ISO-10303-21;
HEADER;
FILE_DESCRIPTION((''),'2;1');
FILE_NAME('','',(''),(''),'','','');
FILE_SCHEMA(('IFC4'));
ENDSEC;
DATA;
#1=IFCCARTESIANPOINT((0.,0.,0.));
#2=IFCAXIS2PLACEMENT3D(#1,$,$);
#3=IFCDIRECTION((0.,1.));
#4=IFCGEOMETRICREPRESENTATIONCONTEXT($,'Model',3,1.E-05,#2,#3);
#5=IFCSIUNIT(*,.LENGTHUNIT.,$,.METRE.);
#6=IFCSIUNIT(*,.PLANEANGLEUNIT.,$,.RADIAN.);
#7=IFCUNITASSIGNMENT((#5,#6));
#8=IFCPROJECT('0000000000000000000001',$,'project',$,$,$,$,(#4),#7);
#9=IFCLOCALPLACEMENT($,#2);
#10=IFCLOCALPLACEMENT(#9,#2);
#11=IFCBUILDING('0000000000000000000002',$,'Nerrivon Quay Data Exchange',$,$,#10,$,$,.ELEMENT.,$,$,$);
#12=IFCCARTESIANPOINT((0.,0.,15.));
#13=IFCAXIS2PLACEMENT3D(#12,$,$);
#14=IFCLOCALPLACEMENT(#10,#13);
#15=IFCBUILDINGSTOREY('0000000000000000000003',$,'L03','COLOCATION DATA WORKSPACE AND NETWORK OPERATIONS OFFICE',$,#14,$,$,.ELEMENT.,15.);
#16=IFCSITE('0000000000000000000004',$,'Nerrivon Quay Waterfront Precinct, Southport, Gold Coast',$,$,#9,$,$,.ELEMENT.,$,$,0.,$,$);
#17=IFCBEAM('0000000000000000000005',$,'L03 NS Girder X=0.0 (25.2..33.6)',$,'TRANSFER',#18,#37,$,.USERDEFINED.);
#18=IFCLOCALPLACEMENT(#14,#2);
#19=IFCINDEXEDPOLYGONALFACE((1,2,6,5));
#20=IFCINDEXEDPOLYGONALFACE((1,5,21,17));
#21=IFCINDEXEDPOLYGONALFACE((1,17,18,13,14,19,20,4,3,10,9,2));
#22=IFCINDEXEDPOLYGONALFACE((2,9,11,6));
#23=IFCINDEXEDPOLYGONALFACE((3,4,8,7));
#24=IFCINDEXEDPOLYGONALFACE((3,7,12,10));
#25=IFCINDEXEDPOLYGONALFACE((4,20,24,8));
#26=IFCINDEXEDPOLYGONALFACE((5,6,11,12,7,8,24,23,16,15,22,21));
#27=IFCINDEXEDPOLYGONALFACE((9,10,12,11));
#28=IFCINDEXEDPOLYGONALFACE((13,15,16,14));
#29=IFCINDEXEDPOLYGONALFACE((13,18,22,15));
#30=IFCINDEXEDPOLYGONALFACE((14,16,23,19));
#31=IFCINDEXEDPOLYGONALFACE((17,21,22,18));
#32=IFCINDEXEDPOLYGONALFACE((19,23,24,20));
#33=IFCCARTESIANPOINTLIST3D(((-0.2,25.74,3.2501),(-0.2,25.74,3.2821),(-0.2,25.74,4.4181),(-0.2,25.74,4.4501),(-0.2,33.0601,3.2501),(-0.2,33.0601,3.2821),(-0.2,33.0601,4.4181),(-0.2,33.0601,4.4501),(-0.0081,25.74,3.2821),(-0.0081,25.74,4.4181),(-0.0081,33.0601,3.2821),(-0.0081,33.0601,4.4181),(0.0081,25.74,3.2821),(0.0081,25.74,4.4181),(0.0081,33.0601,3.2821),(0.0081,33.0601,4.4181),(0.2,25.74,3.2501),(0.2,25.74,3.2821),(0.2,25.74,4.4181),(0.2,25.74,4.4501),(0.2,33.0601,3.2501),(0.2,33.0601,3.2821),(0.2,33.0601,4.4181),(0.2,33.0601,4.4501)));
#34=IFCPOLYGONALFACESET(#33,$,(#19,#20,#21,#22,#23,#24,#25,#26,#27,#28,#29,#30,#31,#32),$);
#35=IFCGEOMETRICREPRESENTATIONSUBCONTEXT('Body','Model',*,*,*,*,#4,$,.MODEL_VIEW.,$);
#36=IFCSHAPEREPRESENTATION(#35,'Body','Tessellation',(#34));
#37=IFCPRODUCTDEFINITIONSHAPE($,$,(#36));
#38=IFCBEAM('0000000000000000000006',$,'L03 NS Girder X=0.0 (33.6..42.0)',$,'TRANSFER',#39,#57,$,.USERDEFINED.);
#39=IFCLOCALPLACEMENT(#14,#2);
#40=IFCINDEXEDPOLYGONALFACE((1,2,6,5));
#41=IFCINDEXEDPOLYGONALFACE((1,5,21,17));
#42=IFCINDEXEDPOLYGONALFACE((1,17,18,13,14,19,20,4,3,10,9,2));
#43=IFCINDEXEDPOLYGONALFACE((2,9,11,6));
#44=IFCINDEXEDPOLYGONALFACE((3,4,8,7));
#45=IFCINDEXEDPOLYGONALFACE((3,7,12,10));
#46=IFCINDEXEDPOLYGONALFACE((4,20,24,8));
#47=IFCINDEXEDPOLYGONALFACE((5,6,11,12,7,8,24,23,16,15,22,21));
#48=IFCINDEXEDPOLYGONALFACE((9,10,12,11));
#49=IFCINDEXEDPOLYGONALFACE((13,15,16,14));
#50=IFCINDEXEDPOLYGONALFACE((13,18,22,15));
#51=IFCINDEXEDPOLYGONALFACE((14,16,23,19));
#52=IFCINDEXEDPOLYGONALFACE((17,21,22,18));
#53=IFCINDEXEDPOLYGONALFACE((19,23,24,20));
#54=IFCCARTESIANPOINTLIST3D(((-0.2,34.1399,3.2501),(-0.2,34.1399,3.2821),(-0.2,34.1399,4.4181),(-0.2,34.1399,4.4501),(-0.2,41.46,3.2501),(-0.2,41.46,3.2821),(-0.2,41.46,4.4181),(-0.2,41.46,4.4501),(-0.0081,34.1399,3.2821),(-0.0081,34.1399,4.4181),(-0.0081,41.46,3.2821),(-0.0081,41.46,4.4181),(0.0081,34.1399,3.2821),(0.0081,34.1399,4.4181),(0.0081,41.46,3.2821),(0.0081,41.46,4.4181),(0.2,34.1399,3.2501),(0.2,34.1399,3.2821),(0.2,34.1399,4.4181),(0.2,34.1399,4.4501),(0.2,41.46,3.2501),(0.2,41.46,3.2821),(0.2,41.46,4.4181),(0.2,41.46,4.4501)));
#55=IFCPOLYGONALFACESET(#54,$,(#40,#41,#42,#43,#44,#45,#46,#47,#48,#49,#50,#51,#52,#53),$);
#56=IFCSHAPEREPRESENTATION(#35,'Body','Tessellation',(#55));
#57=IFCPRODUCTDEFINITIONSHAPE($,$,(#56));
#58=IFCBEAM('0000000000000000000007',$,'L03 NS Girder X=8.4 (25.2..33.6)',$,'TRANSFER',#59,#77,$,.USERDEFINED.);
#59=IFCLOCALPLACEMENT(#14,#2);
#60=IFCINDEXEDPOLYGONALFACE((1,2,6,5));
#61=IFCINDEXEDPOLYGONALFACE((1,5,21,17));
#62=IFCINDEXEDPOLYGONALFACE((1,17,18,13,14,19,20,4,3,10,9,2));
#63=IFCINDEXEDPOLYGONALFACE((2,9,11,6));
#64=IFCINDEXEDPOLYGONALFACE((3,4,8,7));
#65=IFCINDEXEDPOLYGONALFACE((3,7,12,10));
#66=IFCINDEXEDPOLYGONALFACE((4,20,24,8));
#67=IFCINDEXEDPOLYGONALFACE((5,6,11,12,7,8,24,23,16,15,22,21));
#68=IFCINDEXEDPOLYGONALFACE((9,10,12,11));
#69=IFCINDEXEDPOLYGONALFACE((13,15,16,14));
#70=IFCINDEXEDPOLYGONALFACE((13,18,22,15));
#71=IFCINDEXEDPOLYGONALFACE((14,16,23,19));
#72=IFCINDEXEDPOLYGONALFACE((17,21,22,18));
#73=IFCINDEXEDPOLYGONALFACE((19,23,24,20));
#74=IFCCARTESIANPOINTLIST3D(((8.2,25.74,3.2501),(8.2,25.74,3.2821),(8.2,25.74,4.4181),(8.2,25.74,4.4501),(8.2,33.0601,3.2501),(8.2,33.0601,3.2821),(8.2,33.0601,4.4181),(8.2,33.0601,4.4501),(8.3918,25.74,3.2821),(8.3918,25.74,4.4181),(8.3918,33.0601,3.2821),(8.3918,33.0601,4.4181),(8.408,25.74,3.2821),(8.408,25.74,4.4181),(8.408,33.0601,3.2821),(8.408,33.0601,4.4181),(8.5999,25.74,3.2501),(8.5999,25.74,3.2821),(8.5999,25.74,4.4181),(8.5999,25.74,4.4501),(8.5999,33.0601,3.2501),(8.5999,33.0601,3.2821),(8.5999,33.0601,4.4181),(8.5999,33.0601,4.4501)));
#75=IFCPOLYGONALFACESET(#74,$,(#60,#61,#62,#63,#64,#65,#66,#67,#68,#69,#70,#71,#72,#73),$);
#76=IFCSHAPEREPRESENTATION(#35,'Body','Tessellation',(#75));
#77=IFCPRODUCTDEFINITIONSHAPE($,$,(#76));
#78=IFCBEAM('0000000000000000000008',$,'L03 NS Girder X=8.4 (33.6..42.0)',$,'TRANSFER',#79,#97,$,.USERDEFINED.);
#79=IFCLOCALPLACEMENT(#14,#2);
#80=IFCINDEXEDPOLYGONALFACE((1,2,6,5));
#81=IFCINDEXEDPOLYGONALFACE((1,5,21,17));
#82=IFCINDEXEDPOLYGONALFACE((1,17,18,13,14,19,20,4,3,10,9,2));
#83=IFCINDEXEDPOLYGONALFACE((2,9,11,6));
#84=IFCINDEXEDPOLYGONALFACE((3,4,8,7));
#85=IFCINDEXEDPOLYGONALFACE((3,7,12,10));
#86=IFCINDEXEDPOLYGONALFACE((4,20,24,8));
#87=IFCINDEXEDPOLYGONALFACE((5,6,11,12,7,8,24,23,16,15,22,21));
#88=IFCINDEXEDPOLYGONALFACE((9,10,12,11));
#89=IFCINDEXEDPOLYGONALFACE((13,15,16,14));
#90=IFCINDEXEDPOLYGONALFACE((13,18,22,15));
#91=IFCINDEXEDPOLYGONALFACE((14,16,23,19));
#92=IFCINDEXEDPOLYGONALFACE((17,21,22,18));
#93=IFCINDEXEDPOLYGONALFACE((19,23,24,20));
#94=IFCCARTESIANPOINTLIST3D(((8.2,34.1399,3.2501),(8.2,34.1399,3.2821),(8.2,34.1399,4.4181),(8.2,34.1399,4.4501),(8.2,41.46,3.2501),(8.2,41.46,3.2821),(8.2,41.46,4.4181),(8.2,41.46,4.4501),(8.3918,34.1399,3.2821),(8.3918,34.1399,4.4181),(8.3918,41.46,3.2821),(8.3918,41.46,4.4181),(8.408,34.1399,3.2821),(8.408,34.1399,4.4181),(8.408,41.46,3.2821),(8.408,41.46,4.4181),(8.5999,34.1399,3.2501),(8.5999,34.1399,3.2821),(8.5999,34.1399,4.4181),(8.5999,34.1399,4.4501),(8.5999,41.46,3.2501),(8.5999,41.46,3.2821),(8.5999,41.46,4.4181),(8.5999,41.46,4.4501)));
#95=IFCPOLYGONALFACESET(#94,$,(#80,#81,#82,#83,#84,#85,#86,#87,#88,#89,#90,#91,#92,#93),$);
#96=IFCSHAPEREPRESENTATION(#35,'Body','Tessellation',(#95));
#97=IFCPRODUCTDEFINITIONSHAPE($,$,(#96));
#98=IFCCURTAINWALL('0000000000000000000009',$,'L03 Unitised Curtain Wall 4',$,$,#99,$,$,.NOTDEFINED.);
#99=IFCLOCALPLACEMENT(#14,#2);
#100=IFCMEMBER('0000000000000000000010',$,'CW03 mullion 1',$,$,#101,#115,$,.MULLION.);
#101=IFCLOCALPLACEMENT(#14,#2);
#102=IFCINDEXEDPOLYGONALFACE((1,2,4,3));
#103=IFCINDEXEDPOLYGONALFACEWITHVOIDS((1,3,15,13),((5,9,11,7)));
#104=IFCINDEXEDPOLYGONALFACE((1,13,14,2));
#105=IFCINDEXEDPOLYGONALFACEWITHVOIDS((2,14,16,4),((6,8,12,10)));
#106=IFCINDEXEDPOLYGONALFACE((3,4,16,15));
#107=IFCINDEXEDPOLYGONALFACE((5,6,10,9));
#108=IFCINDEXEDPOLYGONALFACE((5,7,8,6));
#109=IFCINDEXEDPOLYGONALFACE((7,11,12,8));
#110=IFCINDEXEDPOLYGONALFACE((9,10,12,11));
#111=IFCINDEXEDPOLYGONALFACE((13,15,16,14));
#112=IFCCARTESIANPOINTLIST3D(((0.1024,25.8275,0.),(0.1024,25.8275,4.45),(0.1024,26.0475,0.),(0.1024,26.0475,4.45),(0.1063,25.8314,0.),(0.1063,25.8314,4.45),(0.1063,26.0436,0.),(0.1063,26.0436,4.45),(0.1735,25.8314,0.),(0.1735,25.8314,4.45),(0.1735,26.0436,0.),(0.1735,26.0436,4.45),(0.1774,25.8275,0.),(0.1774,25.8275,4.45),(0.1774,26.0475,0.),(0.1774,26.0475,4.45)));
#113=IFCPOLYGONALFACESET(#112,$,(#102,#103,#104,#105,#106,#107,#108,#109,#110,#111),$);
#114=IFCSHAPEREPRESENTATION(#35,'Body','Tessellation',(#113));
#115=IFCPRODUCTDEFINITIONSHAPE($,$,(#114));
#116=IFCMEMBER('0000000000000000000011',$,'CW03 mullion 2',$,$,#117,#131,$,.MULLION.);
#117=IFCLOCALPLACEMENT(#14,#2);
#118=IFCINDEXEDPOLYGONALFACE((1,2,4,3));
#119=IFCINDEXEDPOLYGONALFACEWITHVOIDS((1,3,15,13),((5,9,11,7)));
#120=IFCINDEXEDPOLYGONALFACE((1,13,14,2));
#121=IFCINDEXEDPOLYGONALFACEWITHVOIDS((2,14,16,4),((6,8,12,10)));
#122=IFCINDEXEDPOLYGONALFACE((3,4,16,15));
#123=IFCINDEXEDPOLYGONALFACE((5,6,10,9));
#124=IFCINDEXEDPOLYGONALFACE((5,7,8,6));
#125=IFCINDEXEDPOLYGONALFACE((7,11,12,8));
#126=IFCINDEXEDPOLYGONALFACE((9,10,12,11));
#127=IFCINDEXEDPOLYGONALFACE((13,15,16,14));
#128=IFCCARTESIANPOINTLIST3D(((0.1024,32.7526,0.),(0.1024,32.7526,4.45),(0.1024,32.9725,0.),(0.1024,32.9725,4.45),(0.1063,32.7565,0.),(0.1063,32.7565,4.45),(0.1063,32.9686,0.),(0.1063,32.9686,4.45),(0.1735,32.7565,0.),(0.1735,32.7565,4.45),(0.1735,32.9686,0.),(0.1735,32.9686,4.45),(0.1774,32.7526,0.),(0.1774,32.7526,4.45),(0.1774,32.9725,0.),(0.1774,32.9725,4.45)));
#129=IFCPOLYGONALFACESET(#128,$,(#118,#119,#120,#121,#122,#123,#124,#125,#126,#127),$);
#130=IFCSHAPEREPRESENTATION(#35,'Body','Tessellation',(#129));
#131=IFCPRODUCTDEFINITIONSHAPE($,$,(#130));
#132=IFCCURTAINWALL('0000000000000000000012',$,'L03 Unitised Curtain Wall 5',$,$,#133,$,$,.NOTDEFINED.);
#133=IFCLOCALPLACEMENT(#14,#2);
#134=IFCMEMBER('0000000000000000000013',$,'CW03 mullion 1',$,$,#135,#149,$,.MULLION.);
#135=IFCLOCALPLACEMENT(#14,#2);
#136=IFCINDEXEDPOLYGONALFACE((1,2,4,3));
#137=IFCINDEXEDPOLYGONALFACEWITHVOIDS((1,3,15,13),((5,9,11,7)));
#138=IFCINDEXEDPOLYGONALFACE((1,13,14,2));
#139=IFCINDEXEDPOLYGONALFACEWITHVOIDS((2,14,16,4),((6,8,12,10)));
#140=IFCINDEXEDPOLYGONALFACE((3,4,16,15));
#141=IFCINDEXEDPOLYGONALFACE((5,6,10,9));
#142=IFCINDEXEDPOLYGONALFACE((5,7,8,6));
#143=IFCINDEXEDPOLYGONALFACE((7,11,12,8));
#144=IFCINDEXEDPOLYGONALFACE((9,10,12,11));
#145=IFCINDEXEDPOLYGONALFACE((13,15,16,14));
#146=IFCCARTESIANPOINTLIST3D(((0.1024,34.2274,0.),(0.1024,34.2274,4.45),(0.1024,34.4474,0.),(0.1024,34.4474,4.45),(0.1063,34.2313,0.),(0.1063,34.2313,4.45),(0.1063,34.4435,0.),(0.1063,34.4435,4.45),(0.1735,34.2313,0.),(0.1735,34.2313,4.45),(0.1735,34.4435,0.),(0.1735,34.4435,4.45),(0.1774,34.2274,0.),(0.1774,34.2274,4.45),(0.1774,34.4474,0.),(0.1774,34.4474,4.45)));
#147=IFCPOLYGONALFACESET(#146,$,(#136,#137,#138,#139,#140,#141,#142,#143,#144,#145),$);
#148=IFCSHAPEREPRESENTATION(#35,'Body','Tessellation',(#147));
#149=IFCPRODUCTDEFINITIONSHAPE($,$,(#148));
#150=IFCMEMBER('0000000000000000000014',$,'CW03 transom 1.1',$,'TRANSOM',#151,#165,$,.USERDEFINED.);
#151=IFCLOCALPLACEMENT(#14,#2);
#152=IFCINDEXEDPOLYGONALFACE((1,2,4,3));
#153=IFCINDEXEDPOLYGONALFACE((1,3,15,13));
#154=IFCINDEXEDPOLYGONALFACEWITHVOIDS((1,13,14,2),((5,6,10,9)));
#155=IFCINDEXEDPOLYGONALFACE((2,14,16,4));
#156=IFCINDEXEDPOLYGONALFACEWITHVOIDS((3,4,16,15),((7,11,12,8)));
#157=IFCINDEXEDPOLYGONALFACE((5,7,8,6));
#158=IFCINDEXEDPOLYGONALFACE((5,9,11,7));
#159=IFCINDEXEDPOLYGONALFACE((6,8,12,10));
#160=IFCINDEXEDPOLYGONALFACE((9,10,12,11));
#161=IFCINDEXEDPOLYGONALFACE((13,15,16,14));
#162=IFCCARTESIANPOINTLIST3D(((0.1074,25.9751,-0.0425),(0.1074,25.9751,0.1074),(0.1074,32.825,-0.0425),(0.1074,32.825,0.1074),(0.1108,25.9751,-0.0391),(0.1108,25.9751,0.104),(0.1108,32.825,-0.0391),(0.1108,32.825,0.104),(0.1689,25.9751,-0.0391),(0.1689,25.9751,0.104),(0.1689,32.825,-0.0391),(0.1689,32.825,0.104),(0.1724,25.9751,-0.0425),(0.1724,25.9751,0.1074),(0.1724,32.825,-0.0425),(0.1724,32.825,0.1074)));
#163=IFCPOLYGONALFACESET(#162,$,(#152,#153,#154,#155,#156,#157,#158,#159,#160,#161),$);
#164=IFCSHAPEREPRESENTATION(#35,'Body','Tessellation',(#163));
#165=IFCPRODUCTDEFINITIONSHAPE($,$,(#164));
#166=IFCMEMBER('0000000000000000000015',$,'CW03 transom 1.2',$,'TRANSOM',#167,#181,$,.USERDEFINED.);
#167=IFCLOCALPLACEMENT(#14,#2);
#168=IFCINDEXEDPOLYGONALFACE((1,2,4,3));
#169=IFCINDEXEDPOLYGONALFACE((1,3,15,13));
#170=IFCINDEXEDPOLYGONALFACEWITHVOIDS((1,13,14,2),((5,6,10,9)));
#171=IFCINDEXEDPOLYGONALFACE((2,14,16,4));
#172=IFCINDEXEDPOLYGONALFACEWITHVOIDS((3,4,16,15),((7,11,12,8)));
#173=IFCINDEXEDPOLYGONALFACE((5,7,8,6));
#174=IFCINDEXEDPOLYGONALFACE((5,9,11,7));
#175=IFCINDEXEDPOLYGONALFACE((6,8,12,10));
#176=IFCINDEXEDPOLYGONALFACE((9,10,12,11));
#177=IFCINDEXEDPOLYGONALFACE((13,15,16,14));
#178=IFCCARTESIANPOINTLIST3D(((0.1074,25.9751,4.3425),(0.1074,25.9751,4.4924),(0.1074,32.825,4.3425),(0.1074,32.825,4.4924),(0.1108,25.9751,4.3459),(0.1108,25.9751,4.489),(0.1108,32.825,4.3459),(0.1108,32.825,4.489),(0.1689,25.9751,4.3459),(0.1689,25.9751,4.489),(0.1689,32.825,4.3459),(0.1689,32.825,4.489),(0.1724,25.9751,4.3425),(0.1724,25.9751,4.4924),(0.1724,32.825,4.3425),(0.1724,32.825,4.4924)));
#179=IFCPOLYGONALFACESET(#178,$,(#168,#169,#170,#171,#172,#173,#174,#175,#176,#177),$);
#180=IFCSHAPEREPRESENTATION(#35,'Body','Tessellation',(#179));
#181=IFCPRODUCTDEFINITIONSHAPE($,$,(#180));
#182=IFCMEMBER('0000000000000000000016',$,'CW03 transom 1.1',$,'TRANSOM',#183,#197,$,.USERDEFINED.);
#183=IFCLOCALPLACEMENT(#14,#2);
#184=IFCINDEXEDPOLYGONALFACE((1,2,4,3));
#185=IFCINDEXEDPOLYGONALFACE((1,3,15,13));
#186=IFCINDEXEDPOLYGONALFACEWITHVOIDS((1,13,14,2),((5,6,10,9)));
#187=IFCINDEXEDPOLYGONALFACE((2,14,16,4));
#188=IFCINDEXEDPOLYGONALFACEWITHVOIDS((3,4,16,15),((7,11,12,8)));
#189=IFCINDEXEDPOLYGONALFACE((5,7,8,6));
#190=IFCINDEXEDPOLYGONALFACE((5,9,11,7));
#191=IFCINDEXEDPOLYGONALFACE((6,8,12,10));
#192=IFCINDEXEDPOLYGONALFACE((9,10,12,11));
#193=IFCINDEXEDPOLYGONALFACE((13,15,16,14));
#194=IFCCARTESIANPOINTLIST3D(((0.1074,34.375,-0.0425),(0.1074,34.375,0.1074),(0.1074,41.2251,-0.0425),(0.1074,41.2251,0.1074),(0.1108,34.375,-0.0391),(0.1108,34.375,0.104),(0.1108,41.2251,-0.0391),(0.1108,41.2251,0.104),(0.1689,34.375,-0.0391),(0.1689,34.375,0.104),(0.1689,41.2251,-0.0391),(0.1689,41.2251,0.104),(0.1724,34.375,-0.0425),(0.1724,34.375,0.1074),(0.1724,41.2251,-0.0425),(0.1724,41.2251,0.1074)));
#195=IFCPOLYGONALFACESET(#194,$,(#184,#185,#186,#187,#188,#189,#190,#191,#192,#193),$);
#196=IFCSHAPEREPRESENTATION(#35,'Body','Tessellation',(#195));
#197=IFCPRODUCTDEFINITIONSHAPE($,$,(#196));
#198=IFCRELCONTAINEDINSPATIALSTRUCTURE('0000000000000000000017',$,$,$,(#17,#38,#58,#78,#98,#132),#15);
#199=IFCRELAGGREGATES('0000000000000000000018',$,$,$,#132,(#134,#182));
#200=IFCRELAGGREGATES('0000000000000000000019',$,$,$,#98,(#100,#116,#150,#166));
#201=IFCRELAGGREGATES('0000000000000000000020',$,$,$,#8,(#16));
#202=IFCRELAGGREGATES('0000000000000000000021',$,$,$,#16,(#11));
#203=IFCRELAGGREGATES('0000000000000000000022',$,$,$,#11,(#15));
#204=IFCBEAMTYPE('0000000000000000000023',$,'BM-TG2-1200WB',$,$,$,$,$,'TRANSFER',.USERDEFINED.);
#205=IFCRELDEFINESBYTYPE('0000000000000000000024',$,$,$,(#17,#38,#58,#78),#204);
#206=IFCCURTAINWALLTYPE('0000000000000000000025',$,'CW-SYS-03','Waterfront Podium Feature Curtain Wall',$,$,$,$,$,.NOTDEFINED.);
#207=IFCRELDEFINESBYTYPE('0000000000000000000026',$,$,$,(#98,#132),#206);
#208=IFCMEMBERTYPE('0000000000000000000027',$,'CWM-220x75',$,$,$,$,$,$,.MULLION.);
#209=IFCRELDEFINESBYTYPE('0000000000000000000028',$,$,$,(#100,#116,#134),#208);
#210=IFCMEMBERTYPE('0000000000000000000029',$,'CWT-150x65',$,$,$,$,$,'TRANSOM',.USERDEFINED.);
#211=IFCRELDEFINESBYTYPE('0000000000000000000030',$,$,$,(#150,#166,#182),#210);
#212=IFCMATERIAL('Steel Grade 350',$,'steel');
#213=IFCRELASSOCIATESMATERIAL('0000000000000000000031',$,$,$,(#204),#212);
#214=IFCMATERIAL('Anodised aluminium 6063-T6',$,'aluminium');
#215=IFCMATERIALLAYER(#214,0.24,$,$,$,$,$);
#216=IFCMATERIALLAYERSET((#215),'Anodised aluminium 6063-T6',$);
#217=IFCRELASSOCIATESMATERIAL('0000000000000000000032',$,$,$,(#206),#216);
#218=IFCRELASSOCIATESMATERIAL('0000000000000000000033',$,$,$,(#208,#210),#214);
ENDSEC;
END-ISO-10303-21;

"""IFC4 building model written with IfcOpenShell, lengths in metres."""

from ifc_helpers import new_model, si_unit, direction, frame, origin, origin_2d, place, context, subcontext, project, spatial, hollow_rectangle, i_section, extrude, material, layer, layer_set, material_profile, profile_set, type_object, element, aggregate, save


model = new_model("IFC4")

# Units and contexts
model_context = context("Model", 3, precision=1e-05, world=origin(), true_north=direction((0.0, 1.0)))
body_context = subcontext(model_context, "Body", "Model", "MODEL_VIEW")
ifc_project = project(units=[si_unit("LENGTHUNIT", "METRE"), si_unit("PLANEANGLEUNIT", "RADIAN")], contexts=[model_context])

# Site, building, storey
site_placement = place(None, origin())
site = spatial("IfcSite", under=ifc_project, at=site_placement, Name="Nerrivon Quay Waterfront Precinct, Southport, Gold Coast", CompositionType="ELEMENT", RefElevation=0.0)
building_placement = place(site_placement, origin())
building = spatial("IfcBuilding", under=site, at=building_placement, Name="Nerrivon Quay Data Exchange", CompositionType="ELEMENT")
storey_placement = place(building_placement, frame((0.0, 0.0, 15.0)))
storey = spatial("IfcBuildingStorey", under=building, at=storey_placement, Name="L03", Description="COLOCATION DATA WORKSPACE AND NETWORK OPERATIONS OFFICE", CompositionType="ELEMENT", Elevation=15.0)

# Beams
ifc_material_1 = material(Name="Steel Grade 350", Category="steel")
ifc_material_profile_1 = material_profile(ifc_material_1, i_section(OverallWidth=0.3999, OverallDepth=1.2, WebThickness=0.0161, FlangeThickness=0.032, at=origin_2d()), Name="1200WB342")
ifc_profile_set_1 = profile_set([ifc_material_profile_1], Name="Steel Grade 350")
beam_type_1 = type_object("IfcBeamType", Name="BM-TG2-1200WB", ElementType="TRANSFER", PredefinedType="USERDEFINED", material=ifc_profile_set_1)
for number, where, z_axis, x_axis, name in (
    (1, (0.0, 25.74, 3.8501), (0.0, 1.0, 0.0), (-1.0, 0.0, 0.0), "L03 NS Girder X=0.0 (25.2..33.6)"),
    (2, (0.0, 34.1399, 3.8501), (0.0, 1.0, 0.0), (-1.0, 0.0, 0.0), "L03 NS Girder X=0.0 (33.6..42.0)"),
    (3, (8.3999, 25.74, 3.8501), (0.0, 1.0, 0.0), (-1.0, 0.0, 0.0), "L03 NS Girder X=8.4 (25.2..33.6)"),
    (4, (8.3999, 34.1399, 3.8501), (0.0, 1.0, 0.0), (-1.0, 0.0, 0.0), "L03 NS Girder X=8.4 (33.6..42.0)"),
):
    element("IfcBeam", number, at=place(storey_placement, frame(where, z_axis=z_axis, x_axis=x_axis)), inside=storey, type_object=beam_type_1, Name=name, ObjectType="TRANSFER", PredefinedType="USERDEFINED", context=body_context, shape_type="SweptSolid", body=[
        extrude(i_section(OverallWidth=0.3999, OverallDepth=1.2, WebThickness=0.0161, FlangeThickness=0.032, at=origin_2d()), origin(), (0.0, 0.0, 1.0), 7.3201),
    ])

# Curtain wall, members
ifc_material_2 = material(Name="Anodised aluminium 6063-T6", Category="aluminium")
ifc_layer_1 = layer(ifc_material_2, 0.24)
ifc_layer_set_1 = layer_set([ifc_layer_1], Name="Anodised aluminium 6063-T6")
curtain_wall_type = type_object("IfcCurtainWallType", Name="CW-SYS-03", Description="Waterfront Podium Feature Curtain Wall", PredefinedType="NOTDEFINED", material=ifc_layer_set_1)
curtain_wall_1_placement = place(storey_placement, origin())
curtain_wall_1 = element("IfcCurtainWall", 5, at=curtain_wall_1_placement, inside=storey, type_object=curtain_wall_type, Name="L03 Unitised Curtain Wall 4", PredefinedType="NOTDEFINED")
ifc_material_profile_2 = material_profile(ifc_material_2, hollow_rectangle(XDim=0.075, YDim=0.22, WallThickness=0.0039, at=origin_2d()), Name="ALU-MULL-220x75")
ifc_profile_set_2 = profile_set([ifc_material_profile_2], Name="Anodised aluminium 6063-T6")
member_type_1 = type_object("IfcMemberType", Name="CWM-220x75", PredefinedType="MULLION", material=ifc_profile_set_2)
member_1_placement = place(storey_placement, frame((0.1399, 25.9375, 0.0), z_axis=(0.0, 0.0, 1.0), x_axis=(-1.0, 0.0, 0.0)))
member_1 = element("IfcMember", 6, at=member_1_placement, type_object=member_type_1, Name="CW03 mullion 1", PredefinedType="MULLION", context=body_context, shape_type="SweptSolid", body=[
    extrude(hollow_rectangle(XDim=0.075, YDim=0.22, WallThickness=0.0039, at=origin_2d()), origin(), (0.0, 0.0, 1.0), 4.45),
])
member_2_placement = place(storey_placement, frame((0.1399, 32.8625, 0.0), z_axis=(0.0, 0.0, 1.0), x_axis=(-1.0, 0.0, 0.0)))
member_2 = element("IfcMember", 7, at=member_2_placement, type_object=member_type_1, Name="CW03 mullion 2", PredefinedType="MULLION", context=body_context, shape_type="SweptSolid", body=[
    extrude(hollow_rectangle(XDim=0.075, YDim=0.22, WallThickness=0.0039, at=origin_2d()), origin(), (0.0, 0.0, 1.0), 4.45),
])

# Curtain wall, member
curtain_wall_2_placement = place(storey_placement, origin())
curtain_wall_2 = element("IfcCurtainWall", 8, at=curtain_wall_2_placement, inside=storey, type_object=curtain_wall_type, Name="L03 Unitised Curtain Wall 5", PredefinedType="NOTDEFINED")
member_3_placement = place(storey_placement, frame((0.1399, 34.3374, 0.0), z_axis=(0.0, 0.0, 1.0), x_axis=(-1.0, 0.0, 0.0)))
member_3 = element("IfcMember", 9, at=member_3_placement, type_object=member_type_1, Name="CW03 mullion 1", PredefinedType="MULLION", context=body_context, shape_type="SweptSolid", body=[
    extrude(hollow_rectangle(XDim=0.075, YDim=0.22, WallThickness=0.0039, at=origin_2d()), origin(), (0.0, 0.0, 1.0), 4.45),
])

# Members
ifc_material_profile_3 = material_profile(ifc_material_2, hollow_rectangle(XDim=0.0649, YDim=0.1499, WallThickness=0.0034, at=origin_2d()), Name="ALU-TRAN-150x65")
ifc_profile_set_3 = profile_set([ifc_material_profile_3], Name="Anodised aluminium 6063-T6")
member_type_2 = type_object("IfcMemberType", Name="CWT-150x65", ElementType="TRANSOM", PredefinedType="USERDEFINED", material=ifc_profile_set_3)
member_4_placement = place(storey_placement, frame((0.1399, 25.9751, 0.0325), z_axis=(0.0, 1.0, 0.0), x_axis=(-1.0, 0.0, 0.0)))
member_4 = element("IfcMember", 10, at=member_4_placement, type_object=member_type_2, Name="CW03 transom 1.1", ObjectType="TRANSOM", PredefinedType="USERDEFINED", context=body_context, shape_type="SweptSolid", body=[
    extrude(hollow_rectangle(XDim=0.0649, YDim=0.1499, WallThickness=0.0034, at=origin_2d()), origin(), (0.0, 0.0, 1.0), 6.8499),
])
member_5_placement = place(storey_placement, frame((0.1399, 25.9751, 4.4175), z_axis=(0.0, 1.0, 0.0), x_axis=(-1.0, 0.0, 0.0)))
member_5 = element("IfcMember", 11, at=member_5_placement, type_object=member_type_2, Name="CW03 transom 1.2", ObjectType="TRANSOM", PredefinedType="USERDEFINED", context=body_context, shape_type="SweptSolid", body=[
    extrude(hollow_rectangle(XDim=0.0649, YDim=0.1499, WallThickness=0.0034, at=origin_2d()), origin(), (0.0, 0.0, 1.0), 6.8499),
])
member_6_placement = place(storey_placement, frame((0.1399, 34.375, 0.0325), z_axis=(0.0, 1.0, 0.0), x_axis=(-1.0, 0.0, 0.0)))
member_6 = element("IfcMember", 12, at=member_6_placement, type_object=member_type_2, Name="CW03 transom 1.1", ObjectType="TRANSOM", PredefinedType="USERDEFINED", context=body_context, shape_type="SweptSolid", body=[
    extrude(hollow_rectangle(XDim=0.0649, YDim=0.1499, WallThickness=0.0034, at=origin_2d()), origin(), (0.0, 0.0, 1.0), 6.8501),
])
aggregate(curtain_wall_2, [member_3, member_6])

aggregate(curtain_wall_1, [member_1, member_2, member_4, member_5])

save(model, "model.ifc")
